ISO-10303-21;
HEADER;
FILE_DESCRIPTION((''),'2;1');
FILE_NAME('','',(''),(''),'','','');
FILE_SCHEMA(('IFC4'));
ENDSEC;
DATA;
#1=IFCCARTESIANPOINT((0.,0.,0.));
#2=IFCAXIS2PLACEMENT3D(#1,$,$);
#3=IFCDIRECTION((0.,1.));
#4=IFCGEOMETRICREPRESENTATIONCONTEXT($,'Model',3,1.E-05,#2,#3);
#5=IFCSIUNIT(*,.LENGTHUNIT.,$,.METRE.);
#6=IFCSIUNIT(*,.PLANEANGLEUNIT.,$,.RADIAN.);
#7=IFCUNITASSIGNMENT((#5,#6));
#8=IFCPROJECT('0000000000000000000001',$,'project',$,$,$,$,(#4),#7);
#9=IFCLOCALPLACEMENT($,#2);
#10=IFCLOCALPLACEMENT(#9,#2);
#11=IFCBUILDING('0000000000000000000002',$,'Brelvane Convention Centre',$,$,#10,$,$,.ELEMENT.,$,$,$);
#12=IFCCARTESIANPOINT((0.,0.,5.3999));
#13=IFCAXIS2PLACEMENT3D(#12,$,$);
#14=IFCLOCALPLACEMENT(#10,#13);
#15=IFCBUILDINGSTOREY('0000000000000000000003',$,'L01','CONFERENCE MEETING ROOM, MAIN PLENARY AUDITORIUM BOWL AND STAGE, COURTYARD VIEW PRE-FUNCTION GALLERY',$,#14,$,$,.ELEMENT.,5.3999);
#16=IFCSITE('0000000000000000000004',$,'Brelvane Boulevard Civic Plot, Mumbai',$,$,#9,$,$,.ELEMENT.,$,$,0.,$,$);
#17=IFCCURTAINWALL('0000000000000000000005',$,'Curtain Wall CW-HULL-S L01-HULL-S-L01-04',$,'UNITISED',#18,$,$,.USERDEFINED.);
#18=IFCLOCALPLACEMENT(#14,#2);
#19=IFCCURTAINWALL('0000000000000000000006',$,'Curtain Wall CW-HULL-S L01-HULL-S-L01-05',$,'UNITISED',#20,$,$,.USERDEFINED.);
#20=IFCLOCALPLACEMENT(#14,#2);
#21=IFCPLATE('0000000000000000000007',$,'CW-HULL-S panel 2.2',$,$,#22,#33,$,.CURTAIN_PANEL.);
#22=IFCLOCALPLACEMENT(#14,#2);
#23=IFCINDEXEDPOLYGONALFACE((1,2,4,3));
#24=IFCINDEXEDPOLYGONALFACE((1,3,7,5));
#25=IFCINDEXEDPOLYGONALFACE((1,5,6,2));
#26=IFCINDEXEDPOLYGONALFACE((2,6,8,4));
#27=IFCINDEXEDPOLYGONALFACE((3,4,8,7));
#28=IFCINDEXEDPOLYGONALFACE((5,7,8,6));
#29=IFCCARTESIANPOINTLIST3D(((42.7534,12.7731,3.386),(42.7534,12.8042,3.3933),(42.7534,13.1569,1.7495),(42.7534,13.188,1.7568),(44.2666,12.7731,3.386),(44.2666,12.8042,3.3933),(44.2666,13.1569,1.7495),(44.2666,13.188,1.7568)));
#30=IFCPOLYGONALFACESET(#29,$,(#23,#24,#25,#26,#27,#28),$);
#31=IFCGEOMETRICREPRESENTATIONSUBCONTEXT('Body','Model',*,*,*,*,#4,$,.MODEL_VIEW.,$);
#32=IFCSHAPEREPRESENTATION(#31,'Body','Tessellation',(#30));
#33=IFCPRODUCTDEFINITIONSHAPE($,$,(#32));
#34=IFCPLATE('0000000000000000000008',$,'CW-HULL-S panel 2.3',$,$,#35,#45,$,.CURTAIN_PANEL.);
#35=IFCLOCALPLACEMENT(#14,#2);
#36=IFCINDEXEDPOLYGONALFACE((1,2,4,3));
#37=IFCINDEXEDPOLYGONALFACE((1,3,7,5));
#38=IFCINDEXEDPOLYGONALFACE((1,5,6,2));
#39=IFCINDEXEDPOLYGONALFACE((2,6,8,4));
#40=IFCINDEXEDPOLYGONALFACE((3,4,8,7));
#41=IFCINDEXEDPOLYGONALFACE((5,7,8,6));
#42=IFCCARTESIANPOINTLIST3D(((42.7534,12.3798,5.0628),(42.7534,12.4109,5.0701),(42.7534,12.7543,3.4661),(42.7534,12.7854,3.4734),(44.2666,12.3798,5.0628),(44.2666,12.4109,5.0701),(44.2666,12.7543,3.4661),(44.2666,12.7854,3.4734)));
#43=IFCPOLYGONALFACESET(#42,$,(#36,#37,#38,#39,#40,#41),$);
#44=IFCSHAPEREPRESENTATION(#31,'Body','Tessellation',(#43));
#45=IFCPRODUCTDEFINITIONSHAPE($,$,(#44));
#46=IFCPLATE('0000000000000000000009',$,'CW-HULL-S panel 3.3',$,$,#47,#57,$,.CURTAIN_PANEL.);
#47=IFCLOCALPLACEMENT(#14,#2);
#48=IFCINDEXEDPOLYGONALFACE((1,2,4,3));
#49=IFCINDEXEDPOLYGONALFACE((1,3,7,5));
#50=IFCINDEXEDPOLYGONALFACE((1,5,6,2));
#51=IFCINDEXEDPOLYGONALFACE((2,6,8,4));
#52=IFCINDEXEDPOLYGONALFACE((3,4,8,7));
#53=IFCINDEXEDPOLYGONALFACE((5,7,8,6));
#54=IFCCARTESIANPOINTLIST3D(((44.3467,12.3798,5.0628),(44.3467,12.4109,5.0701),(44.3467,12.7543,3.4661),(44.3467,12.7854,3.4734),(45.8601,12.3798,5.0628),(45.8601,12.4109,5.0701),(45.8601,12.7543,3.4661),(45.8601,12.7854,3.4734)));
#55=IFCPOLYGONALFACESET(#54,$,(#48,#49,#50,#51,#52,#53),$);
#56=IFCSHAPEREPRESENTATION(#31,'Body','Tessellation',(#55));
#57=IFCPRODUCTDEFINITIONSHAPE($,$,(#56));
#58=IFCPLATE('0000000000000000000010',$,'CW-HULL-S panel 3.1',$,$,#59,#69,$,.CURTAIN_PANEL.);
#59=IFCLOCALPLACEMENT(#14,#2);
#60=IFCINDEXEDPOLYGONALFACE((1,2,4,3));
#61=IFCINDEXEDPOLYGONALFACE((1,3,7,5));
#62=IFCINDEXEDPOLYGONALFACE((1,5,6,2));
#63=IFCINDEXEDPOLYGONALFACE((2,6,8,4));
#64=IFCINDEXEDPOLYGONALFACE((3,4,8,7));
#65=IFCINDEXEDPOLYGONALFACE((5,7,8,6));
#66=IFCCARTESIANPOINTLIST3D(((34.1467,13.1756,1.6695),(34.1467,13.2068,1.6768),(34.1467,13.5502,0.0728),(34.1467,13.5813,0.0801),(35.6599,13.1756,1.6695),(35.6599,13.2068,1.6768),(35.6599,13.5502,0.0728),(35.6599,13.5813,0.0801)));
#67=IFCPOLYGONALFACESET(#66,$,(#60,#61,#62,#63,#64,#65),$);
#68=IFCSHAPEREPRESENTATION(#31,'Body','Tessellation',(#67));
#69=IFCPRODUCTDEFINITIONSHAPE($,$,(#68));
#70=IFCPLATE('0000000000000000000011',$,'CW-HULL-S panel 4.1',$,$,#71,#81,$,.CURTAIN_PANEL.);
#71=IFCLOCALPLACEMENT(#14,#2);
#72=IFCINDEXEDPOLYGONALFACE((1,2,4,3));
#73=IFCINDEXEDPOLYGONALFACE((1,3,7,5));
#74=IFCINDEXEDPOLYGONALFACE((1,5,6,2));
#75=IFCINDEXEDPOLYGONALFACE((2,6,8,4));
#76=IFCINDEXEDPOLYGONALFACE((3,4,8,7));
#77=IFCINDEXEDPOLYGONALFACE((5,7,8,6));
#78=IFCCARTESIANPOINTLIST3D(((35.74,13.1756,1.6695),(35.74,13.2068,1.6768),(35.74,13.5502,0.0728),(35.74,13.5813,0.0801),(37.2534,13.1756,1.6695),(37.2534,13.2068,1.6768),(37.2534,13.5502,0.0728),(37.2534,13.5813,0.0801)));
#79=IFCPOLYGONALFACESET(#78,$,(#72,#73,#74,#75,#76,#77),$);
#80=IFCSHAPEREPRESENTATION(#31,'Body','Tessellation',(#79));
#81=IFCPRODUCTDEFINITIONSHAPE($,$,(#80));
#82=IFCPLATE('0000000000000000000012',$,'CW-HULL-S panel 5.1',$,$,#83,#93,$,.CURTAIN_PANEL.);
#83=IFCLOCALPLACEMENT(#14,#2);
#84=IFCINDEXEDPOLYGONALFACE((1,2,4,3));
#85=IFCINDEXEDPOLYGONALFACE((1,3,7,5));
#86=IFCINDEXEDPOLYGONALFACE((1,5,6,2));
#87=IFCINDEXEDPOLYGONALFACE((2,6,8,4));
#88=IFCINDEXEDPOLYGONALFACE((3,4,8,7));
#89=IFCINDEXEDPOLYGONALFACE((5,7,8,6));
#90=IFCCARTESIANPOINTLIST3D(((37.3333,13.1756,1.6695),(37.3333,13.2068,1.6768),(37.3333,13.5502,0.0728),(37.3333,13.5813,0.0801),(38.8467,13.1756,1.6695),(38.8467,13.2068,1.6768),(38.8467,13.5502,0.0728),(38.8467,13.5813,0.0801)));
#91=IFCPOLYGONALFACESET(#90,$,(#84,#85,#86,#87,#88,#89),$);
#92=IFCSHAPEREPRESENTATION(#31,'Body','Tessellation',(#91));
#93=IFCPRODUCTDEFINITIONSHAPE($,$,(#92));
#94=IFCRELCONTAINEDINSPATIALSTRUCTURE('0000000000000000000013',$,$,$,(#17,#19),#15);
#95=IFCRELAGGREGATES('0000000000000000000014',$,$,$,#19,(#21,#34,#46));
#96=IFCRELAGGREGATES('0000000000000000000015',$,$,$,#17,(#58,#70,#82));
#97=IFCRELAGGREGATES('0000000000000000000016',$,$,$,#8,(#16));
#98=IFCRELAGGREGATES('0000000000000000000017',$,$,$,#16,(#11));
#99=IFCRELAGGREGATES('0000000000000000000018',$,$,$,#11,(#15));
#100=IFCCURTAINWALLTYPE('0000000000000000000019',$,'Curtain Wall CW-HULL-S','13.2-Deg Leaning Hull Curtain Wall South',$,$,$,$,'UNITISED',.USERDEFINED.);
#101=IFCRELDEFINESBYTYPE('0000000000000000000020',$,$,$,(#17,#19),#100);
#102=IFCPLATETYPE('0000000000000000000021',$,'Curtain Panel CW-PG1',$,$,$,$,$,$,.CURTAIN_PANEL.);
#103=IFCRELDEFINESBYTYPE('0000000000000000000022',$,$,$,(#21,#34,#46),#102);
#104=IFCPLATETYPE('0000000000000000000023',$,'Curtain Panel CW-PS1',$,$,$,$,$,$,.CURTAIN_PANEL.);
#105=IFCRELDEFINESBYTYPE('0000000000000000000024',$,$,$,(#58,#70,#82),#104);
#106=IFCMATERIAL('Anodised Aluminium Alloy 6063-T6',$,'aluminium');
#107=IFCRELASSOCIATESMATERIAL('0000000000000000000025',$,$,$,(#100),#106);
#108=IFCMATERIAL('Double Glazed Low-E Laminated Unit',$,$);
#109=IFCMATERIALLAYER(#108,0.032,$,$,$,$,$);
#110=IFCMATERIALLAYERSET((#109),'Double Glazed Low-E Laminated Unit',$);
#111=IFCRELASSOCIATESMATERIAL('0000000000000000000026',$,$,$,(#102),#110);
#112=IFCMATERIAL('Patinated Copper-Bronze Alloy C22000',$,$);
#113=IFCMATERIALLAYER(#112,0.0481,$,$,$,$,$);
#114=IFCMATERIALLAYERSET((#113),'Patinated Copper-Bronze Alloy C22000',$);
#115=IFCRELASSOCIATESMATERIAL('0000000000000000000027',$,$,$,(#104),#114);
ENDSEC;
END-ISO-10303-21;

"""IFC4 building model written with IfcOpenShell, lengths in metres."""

from ifc_helpers import new_model, si_unit, direction, frame, origin, place, context, subcontext, project, spatial, polyline, outline, extrude, material, layer, layer_set, type_object, element, aggregate, save


model = new_model("IFC4")

# Units and contexts
model_context = context("Model", 3, precision=1e-05, world=origin(), true_north=direction((0.0, 1.0)))
body_context = subcontext(model_context, "Body", "Model", "MODEL_VIEW")
ifc_project = project(units=[si_unit("LENGTHUNIT", "METRE"), si_unit("PLANEANGLEUNIT", "RADIAN")], contexts=[model_context])

# Site, building, storey
site_placement = place(None, origin())
site = spatial("IfcSite", under=ifc_project, at=site_placement, Name="Brelvane Boulevard Civic Plot, Mumbai", CompositionType="ELEMENT", RefElevation=0.0)
building_placement = place(site_placement, origin())
building = spatial("IfcBuilding", under=site, at=building_placement, Name="Brelvane Convention Centre", CompositionType="ELEMENT")
storey_placement = place(building_placement, frame((0.0, 0.0, 5.3999)))
storey = spatial("IfcBuildingStorey", under=building, at=storey_placement, Name="L01", Description="CONFERENCE MEETING ROOM, MAIN PLENARY AUDITORIUM BOWL AND STAGE, COURTYARD VIEW PRE-FUNCTION GALLERY", CompositionType="ELEMENT", Elevation=5.3999)

# Curtain walls
ifc_material_1 = material(Name="Anodised Aluminium Alloy 6063-T6", Category="aluminium")
curtain_wall_type = type_object("IfcCurtainWallType", Name="Curtain Wall CW-HULL-S", Description="13.2-Deg Leaning Hull Curtain Wall South", ElementType="UNITISED", PredefinedType="USERDEFINED", material=ifc_material_1)
curtain_wall_1_placement = place(storey_placement, origin())
curtain_wall_1 = element("IfcCurtainWall", 1, at=curtain_wall_1_placement, inside=storey, type_object=curtain_wall_type, Name="Curtain Wall CW-HULL-S L01-HULL-S-L01-04", ObjectType="UNITISED", PredefinedType="USERDEFINED")
curtain_wall_2_placement = place(storey_placement, origin())
curtain_wall_2 = element("IfcCurtainWall", 2, at=curtain_wall_2_placement, inside=storey, type_object=curtain_wall_type, Name="Curtain Wall CW-HULL-S L01-HULL-S-L01-05", ObjectType="UNITISED", PredefinedType="USERDEFINED")

# Plates
ifc_material_2 = material(Name="Double Glazed Low-E Laminated Unit")
ifc_layer_1 = layer(ifc_material_2, 0.032)
ifc_layer_set_1 = layer_set([ifc_layer_1], Name="Double Glazed Low-E Laminated Unit")
plate_type_1 = type_object("IfcPlateType", Name="Curtain Panel CW-PG1", PredefinedType="CURTAIN_PANEL", material=ifc_layer_set_1)
plate_1_placement = place(storey_placement, frame((42.7534, 13.188, 1.7568), z_axis=(0.0, 0.973585, 0.228327), x_axis=(1.0, 0.0, 0.0)))
plate_1 = element("IfcPlate", 3, at=plate_1_placement, type_object=plate_type_1, Name="CW-HULL-S panel 2.2", PredefinedType="CURTAIN_PANEL", context=body_context, shape_type="SweptSolid", body=[
    extrude(outline(polyline([(0.0, 0.0), (1.5132, 0.0), (1.5132, -1.6809), (0.0, -1.6809), (0.0, 0.0)])), origin(), (0.0, 0.0, -1.0), 0.032),
])
plate_2_placement = place(storey_placement, frame((42.7534, 12.7854, 3.4734), z_axis=(0.0, 0.973577, 0.228359), x_axis=(1.0, 0.0, 0.0)))
plate_2 = element("IfcPlate", 4, at=plate_2_placement, type_object=plate_type_1, Name="CW-HULL-S panel 2.3", PredefinedType="CURTAIN_PANEL", context=body_context, shape_type="SweptSolid", body=[
    extrude(outline(polyline([(0.0, 0.0), (1.5132, 0.0), (1.5132, -1.64), (0.0, -1.64), (0.0, 0.0)])), origin(), (0.0, 0.0, -1.0), 0.032),
])
plate_3_placement = place(storey_placement, frame((44.3467, 12.7854, 3.4734), z_axis=(0.0, 0.973577, 0.228359), x_axis=(1.0, 0.0, 0.0)))
plate_3 = element("IfcPlate", 5, at=plate_3_placement, type_object=plate_type_1, Name="CW-HULL-S panel 3.3", PredefinedType="CURTAIN_PANEL", context=body_context, shape_type="SweptSolid", body=[
    extrude(outline(polyline([(0.0, 0.0), (1.5134, 0.0), (1.5134, -1.64), (0.0, -1.64), (0.0, 0.0)])), origin(), (0.0, 0.0, -1.0), 0.032),
])
aggregate(curtain_wall_2, [plate_1, plate_2, plate_3])
ifc_material_3 = material(Name="Patinated Copper-Bronze Alloy C22000")
ifc_layer_2 = layer(ifc_material_3, 0.0481)
ifc_layer_set_2 = layer_set([ifc_layer_2], Name="Patinated Copper-Bronze Alloy C22000")
plate_type_2 = type_object("IfcPlateType", Name="Curtain Panel CW-PS1", PredefinedType="CURTAIN_PANEL", material=ifc_layer_set_2)
plate_4_placement = place(storey_placement, frame((34.1467, 13.5813, 0.0801), z_axis=(0.0, 0.973577, 0.228359), x_axis=(1.0, 0.0, 0.0)))
plate_4 = element("IfcPlate", 6, at=plate_4_placement, type_object=plate_type_2, Name="CW-HULL-S panel 3.1", PredefinedType="CURTAIN_PANEL", context=body_context, shape_type="SweptSolid", body=[
    extrude(outline(polyline([(0.0, 0.0), (1.5132, 0.0), (1.5132, -1.64), (0.0, -1.64), (0.0, 0.0)])), origin(), (0.0, 0.0, -1.0), 0.032),
])
plate_5_placement = place(storey_placement, frame((35.74, 13.5813, 0.0801), z_axis=(0.0, 0.973577, 0.228359), x_axis=(1.0, 0.0, 0.0)))
plate_5 = element("IfcPlate", 7, at=plate_5_placement, type_object=plate_type_2, Name="CW-HULL-S panel 4.1", PredefinedType="CURTAIN_PANEL", context=body_context, shape_type="SweptSolid", body=[
    extrude(outline(polyline([(0.0, 0.0), (1.5134, 0.0), (1.5134, -1.64), (0.0, -1.64), (0.0, 0.0)])), origin(), (0.0, 0.0, -1.0), 0.032),
])
plate_6_placement = place(storey_placement, frame((37.3333, 13.5813, 0.0801), z_axis=(0.0, 0.973577, 0.228359), x_axis=(1.0, 0.0, 0.0)))
plate_6 = element("IfcPlate", 8, at=plate_6_placement, type_object=plate_type_2, Name="CW-HULL-S panel 5.1", PredefinedType="CURTAIN_PANEL", context=body_context, shape_type="SweptSolid", body=[
    extrude(outline(polyline([(0.0, 0.0), (1.5134, 0.0), (1.5134, -1.64), (0.0, -1.64), (0.0, 0.0)])), origin(), (0.0, 0.0, -1.0), 0.032),
])
aggregate(curtain_wall_1, [plate_4, plate_5, plate_6])

save(model, "model.ifc")
